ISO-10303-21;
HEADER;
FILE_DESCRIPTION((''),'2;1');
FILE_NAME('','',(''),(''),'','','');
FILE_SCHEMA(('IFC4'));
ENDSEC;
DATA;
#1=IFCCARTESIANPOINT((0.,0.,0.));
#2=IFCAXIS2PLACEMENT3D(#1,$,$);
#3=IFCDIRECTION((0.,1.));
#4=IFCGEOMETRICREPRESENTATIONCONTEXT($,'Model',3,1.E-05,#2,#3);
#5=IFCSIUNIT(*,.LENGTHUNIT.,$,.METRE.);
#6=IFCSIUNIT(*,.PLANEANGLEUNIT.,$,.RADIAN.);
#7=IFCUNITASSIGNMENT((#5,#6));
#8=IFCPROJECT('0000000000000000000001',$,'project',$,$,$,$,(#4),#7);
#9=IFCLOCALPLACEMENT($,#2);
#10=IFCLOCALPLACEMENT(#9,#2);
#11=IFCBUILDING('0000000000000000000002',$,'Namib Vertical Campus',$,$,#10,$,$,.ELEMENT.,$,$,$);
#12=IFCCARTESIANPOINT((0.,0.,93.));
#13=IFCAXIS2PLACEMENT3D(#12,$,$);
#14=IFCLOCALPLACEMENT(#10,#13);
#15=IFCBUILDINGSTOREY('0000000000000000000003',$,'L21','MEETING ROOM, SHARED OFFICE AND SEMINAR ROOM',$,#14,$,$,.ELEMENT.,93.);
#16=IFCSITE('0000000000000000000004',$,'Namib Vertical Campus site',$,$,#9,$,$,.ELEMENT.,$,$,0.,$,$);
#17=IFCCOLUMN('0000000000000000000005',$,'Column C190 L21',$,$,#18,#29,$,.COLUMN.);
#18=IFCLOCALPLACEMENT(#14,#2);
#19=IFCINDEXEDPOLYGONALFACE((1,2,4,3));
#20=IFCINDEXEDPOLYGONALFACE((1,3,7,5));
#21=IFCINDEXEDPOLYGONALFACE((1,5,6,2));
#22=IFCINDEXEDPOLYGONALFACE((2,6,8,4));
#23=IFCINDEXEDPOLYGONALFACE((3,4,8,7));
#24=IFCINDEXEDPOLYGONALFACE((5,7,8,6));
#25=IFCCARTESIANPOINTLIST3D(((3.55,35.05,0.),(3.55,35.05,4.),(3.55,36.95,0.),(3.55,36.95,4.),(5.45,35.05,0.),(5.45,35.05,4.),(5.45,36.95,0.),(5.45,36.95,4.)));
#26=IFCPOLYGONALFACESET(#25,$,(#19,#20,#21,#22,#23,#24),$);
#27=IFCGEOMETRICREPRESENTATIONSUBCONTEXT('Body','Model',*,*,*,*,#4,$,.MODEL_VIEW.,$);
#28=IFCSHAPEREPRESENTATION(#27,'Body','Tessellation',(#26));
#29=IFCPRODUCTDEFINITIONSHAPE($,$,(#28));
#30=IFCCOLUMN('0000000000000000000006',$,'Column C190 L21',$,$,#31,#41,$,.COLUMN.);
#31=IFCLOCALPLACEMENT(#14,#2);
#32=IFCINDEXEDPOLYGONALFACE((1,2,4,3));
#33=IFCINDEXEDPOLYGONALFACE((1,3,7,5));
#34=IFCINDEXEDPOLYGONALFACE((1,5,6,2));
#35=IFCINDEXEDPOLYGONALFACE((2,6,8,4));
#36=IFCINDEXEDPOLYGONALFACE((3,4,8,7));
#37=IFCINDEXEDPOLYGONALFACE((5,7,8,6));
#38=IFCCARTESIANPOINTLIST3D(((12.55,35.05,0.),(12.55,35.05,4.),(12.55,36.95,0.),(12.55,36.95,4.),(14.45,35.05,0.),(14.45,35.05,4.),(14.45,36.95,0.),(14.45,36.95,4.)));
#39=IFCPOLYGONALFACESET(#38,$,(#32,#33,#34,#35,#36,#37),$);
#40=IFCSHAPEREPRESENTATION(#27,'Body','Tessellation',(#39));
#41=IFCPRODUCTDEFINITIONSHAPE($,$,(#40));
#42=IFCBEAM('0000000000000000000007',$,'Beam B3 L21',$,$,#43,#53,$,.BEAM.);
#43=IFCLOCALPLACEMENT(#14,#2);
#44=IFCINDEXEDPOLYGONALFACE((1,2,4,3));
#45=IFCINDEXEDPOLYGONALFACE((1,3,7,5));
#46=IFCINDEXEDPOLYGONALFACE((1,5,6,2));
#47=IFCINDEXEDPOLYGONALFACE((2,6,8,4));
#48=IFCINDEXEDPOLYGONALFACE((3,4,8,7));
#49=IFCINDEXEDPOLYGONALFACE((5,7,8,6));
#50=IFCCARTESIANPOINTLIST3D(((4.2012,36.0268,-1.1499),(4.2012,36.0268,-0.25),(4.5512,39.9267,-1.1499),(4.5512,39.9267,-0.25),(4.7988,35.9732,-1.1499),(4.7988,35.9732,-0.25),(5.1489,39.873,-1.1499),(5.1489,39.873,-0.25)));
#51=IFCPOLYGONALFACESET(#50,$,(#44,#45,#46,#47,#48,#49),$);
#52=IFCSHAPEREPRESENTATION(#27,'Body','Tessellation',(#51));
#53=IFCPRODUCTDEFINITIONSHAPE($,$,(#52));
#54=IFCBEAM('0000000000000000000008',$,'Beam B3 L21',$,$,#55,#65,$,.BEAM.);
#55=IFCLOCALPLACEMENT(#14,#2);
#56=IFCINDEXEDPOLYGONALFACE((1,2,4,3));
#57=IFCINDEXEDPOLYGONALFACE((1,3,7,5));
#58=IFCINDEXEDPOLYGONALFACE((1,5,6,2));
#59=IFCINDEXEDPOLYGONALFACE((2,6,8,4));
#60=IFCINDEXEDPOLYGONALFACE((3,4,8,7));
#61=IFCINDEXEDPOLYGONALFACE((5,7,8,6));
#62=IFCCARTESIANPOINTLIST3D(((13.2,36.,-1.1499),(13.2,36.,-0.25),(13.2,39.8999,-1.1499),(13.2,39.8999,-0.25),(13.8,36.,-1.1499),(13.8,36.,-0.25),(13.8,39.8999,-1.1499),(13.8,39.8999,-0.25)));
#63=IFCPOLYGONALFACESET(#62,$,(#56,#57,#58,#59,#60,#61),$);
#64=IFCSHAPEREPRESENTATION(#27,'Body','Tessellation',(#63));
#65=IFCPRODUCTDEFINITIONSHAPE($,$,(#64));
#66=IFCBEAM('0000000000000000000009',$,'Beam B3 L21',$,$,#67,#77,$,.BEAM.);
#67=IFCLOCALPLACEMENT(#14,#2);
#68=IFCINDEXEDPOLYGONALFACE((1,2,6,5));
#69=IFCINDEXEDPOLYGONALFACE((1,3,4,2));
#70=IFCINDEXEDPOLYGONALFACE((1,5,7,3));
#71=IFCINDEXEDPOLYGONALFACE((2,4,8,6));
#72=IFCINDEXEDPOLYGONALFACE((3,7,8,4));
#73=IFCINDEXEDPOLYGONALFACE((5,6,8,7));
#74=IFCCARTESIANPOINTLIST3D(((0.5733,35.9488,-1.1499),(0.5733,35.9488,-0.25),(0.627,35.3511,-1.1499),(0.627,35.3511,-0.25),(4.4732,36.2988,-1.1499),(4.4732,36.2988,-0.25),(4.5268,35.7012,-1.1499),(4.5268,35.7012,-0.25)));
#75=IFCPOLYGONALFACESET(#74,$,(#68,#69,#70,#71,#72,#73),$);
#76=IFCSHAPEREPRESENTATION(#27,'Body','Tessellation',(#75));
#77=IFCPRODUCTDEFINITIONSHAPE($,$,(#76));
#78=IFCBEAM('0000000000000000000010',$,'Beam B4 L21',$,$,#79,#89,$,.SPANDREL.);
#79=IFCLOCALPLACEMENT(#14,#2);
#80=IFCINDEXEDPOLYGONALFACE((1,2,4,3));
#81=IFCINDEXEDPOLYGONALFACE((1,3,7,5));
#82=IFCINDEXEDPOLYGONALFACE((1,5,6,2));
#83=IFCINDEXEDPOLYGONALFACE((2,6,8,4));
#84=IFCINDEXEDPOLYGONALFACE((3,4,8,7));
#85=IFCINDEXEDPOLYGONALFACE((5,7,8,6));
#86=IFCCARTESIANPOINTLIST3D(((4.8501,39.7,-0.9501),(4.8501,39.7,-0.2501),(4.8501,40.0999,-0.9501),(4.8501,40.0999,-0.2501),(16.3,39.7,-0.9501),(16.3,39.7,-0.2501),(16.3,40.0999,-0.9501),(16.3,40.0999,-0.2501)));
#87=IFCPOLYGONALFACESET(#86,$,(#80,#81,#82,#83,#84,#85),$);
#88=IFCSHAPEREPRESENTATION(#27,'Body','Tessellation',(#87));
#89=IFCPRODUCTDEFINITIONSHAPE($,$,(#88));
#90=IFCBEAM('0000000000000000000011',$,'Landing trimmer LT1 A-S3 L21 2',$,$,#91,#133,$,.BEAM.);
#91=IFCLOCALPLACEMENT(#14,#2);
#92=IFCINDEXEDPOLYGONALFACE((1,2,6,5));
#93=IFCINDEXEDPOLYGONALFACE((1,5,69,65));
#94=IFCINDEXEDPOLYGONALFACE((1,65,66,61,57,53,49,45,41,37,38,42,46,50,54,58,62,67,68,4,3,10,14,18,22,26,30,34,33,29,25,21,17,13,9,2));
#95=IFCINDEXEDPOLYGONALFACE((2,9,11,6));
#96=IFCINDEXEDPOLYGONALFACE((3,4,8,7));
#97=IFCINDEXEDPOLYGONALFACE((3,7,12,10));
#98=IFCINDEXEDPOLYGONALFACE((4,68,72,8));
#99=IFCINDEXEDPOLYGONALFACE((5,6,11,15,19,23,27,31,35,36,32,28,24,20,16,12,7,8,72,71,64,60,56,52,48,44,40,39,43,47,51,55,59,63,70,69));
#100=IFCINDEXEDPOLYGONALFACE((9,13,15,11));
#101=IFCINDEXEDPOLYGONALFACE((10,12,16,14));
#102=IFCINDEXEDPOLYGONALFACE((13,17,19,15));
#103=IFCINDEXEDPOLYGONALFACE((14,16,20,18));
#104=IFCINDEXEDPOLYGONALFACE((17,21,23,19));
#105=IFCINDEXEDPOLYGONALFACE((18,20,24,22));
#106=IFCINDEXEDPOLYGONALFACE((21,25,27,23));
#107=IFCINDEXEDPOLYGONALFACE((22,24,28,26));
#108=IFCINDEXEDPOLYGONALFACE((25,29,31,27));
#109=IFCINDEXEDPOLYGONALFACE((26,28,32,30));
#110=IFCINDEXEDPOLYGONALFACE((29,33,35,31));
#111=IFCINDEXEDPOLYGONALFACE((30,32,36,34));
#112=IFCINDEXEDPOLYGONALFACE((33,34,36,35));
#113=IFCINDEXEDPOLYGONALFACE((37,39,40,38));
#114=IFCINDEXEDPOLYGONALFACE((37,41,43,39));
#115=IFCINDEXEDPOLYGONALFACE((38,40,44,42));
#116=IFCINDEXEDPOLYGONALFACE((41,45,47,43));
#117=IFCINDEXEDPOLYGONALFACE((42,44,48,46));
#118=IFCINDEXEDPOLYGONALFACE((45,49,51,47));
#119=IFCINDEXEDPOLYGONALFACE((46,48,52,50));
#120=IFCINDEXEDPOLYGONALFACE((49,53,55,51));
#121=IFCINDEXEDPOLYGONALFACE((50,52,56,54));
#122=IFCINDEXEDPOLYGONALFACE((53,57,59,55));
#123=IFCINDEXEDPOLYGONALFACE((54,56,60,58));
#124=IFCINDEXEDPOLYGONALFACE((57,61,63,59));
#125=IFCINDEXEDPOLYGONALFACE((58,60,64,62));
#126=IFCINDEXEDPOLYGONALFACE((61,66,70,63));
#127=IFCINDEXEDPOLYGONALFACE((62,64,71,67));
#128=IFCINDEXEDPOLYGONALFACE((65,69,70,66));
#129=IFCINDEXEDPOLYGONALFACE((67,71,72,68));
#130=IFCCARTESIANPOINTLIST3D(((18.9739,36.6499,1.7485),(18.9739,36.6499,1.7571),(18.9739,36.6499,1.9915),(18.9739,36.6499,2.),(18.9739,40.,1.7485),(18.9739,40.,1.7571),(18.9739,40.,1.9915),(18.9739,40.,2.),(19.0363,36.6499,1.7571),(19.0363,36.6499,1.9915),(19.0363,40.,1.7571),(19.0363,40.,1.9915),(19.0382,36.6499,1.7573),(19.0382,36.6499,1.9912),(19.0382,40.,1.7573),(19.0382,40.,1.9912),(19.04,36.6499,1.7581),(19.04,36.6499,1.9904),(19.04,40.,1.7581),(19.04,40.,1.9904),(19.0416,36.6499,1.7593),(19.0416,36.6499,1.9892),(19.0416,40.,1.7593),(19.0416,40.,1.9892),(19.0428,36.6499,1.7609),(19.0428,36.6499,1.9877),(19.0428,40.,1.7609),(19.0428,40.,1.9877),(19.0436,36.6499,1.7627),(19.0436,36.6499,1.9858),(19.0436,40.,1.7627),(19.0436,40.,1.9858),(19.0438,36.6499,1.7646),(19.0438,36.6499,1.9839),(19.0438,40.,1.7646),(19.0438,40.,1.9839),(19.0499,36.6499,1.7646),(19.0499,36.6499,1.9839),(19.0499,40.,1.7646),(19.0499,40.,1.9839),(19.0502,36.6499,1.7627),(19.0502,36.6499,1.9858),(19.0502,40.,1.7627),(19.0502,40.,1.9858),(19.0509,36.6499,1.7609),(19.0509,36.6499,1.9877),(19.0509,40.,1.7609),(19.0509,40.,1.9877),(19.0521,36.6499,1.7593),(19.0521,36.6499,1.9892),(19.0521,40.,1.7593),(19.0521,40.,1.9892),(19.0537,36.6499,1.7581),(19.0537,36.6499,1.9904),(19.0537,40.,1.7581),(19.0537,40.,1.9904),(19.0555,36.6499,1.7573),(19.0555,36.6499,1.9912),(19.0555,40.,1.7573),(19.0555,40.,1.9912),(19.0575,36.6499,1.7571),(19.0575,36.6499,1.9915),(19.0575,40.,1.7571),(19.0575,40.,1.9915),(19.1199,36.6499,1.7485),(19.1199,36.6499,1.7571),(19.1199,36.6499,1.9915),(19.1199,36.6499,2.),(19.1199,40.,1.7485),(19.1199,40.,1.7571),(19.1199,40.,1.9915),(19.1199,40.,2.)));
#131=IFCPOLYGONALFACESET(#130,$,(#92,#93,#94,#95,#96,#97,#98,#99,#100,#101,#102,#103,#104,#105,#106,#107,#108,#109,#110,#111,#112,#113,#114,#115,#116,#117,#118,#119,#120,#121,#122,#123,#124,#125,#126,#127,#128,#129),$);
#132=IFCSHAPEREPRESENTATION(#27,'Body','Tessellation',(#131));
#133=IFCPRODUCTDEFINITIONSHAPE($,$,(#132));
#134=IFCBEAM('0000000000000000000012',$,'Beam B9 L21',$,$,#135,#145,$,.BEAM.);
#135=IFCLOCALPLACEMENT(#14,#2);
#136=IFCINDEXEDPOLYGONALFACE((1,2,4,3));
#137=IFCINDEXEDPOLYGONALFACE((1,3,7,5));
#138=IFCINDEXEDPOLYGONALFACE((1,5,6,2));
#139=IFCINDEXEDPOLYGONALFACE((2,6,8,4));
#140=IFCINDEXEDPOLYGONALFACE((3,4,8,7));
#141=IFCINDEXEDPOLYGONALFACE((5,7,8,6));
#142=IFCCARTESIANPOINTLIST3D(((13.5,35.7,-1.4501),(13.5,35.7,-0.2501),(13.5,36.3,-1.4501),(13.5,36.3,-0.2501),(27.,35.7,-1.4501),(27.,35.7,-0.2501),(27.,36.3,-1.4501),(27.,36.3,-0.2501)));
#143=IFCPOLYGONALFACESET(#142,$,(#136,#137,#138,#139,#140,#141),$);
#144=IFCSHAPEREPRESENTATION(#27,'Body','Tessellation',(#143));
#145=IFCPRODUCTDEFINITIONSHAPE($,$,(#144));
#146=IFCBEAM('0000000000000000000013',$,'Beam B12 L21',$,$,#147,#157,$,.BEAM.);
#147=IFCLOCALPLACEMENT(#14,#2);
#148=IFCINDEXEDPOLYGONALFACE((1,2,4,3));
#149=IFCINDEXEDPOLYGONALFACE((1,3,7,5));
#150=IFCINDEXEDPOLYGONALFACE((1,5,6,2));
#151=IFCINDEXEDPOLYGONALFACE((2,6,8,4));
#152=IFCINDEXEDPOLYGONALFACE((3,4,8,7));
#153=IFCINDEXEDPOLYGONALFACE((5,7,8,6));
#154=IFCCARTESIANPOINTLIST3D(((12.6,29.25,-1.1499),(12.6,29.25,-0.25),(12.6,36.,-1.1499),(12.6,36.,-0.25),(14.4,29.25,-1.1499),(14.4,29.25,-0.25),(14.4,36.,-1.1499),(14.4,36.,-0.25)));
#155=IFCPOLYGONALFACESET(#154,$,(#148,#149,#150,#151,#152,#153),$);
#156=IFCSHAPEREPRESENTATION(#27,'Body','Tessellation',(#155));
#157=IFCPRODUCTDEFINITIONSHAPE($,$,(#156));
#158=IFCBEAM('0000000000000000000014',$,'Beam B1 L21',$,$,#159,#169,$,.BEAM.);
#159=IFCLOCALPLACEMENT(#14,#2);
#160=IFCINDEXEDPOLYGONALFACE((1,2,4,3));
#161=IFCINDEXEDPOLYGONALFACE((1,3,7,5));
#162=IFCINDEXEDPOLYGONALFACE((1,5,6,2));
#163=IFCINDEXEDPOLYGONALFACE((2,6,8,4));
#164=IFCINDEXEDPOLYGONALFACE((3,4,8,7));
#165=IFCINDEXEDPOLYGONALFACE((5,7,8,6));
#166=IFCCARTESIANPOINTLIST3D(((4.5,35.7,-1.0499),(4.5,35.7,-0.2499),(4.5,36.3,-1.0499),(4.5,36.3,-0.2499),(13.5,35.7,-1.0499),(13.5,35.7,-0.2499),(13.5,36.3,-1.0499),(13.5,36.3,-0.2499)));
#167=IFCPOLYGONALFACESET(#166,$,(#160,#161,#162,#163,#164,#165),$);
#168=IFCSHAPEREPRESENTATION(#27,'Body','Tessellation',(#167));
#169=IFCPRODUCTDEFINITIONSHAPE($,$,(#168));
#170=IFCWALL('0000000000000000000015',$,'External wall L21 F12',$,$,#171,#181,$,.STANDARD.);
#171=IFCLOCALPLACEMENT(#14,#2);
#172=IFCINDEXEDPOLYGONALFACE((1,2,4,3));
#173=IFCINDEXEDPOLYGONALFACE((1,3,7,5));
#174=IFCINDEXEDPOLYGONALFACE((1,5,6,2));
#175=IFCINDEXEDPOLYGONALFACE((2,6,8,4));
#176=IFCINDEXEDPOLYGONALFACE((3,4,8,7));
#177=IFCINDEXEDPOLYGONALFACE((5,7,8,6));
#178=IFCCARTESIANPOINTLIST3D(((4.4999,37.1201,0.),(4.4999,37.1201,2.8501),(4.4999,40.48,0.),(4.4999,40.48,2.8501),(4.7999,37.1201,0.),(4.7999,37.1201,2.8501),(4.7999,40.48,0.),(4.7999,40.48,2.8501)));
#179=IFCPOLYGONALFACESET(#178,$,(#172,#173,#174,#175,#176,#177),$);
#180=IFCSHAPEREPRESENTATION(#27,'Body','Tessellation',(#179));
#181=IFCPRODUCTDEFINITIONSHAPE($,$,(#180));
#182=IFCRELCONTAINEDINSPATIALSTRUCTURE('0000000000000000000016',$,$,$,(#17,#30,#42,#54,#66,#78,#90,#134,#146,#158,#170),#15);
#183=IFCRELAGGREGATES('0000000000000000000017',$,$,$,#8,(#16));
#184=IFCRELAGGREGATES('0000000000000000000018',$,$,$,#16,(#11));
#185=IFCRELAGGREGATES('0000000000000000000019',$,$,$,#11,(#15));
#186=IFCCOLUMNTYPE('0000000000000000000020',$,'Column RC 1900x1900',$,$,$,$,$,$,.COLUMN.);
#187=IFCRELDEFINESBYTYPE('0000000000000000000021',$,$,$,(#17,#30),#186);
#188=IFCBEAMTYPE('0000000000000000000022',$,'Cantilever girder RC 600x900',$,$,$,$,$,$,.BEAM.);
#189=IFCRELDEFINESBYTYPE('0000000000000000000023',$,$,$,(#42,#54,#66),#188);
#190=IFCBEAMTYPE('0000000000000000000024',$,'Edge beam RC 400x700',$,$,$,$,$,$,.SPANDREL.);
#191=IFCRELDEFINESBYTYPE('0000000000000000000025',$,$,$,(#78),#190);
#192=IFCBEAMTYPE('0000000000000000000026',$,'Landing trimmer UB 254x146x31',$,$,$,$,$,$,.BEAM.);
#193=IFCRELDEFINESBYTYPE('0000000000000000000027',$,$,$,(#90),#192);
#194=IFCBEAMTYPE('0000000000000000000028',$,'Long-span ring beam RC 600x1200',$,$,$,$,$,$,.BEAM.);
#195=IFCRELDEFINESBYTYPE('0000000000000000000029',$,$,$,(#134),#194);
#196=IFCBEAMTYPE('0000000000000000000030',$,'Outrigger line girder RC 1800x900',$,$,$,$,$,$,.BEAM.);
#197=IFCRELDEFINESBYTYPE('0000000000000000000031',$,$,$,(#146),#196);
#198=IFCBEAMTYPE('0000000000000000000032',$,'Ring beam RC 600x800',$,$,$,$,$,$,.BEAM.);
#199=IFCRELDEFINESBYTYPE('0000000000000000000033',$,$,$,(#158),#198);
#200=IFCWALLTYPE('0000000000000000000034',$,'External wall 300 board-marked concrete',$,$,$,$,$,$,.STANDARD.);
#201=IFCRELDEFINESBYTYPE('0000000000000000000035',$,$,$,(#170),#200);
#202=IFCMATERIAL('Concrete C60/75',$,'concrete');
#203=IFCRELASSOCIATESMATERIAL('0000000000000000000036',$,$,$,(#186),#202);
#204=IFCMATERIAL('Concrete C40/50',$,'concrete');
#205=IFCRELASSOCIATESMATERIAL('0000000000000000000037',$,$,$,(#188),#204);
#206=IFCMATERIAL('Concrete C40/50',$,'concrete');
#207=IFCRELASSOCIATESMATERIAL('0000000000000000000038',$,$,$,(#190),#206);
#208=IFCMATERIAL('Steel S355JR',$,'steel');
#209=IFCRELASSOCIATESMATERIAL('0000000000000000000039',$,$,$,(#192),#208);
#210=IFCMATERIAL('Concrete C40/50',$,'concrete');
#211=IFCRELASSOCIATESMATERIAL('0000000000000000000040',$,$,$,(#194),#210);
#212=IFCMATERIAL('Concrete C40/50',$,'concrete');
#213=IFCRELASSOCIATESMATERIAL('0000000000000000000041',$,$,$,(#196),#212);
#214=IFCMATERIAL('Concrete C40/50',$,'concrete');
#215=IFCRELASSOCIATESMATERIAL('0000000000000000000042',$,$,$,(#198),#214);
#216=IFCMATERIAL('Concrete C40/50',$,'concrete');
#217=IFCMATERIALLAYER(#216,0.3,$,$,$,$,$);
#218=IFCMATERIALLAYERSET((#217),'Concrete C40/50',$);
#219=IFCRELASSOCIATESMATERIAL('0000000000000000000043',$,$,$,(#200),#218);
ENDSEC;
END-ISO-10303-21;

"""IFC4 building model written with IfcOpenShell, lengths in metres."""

from ifc_helpers import new_model, si_unit, direction, frame, frame_2d, origin, origin_2d, place, context, subcontext, project, spatial, rectangle, i_section, extrude, material, layer, layer_set, material_profile, profile_set, type_object, element, save


model = new_model("IFC4")

# Units and contexts
model_context = context("Model", 3, precision=1e-05, world=origin(), true_north=direction((0.0, 1.0)))
body_context = subcontext(model_context, "Body", "Model", "MODEL_VIEW")
ifc_project = project(units=[si_unit("LENGTHUNIT", "METRE"), si_unit("PLANEANGLEUNIT", "RADIAN")], contexts=[model_context])

# Site, building, storey
site_placement = place(None, origin())
site = spatial("IfcSite", under=ifc_project, at=site_placement, Name="Namib Vertical Campus site", CompositionType="ELEMENT", RefElevation=0.0)
building_placement = place(site_placement, origin())
building = spatial("IfcBuilding", under=site, at=building_placement, Name="Namib Vertical Campus", CompositionType="ELEMENT")
storey_placement = place(building_placement, frame((0.0, 0.0, 93.0)))
storey = spatial("IfcBuildingStorey", under=building, at=storey_placement, Name="L21", Description="MEETING ROOM, SHARED OFFICE AND SEMINAR ROOM", CompositionType="ELEMENT", Elevation=93.0)

# Columns
ifc_material_1 = material(Name="Concrete C60/75", Category="concrete")
ifc_material_profile_1 = material_profile(ifc_material_1, rectangle(XDim=1.8999, YDim=1.8999, at=origin_2d()))
ifc_profile_set_1 = profile_set([ifc_material_profile_1], Name="Concrete C60/75")
column_type = type_object("IfcColumnType", Name="Column RC 1900x1900", PredefinedType="COLUMN", material=ifc_profile_set_1)
for number, where, z_axis, x_axis, name in (
    (1, (4.5, 36.0, 0.0), (0.0, 0.0, 1.0), (1.0, 0.0, 0.0), "Column C190 L21"),
    (2, (13.5, 36.0, 0.0), (0.0, 0.0, 1.0), (1.0, 0.0, 0.0), "Column C190 L21"),
):
    element("IfcColumn", number, at=place(storey_placement, frame(where, z_axis=z_axis, x_axis=x_axis)), inside=storey, type_object=column_type, Name=name, PredefinedType="COLUMN", context=body_context, shape_type="SweptSolid", body=[
        extrude(rectangle(XDim=1.8999, YDim=1.8999, at=origin_2d()), origin(), (0.0, 0.0, 1.0), 4.0),
    ])

# Beams
ifc_material_2 = material(Name="Concrete C40/50", Category="concrete")
ifc_material_profile_2 = material_profile(ifc_material_2, rectangle(XDim=0.6001, YDim=0.8999, at=origin_2d()))
ifc_profile_set_2 = profile_set([ifc_material_profile_2], Name="Concrete C40/50")
beam_type_1 = type_object("IfcBeamType", Name="Cantilever girder RC 600x900", PredefinedType="BEAM", material=ifc_profile_set_2)
beam_1_placement = place(storey_placement, frame((4.5, 36.0, -0.7), z_axis=(0.089411, 0.995995, 0.0), x_axis=(-0.995995, 0.089411, 0.0)))
element("IfcBeam", 3, at=beam_1_placement, inside=storey, type_object=beam_type_1, Name="Beam B3 L21", PredefinedType="BEAM", context=body_context, shape_type="SweptSolid", body=[
    extrude(rectangle(XDim=0.6001, YDim=0.8999, at=origin_2d()), origin(), (0.0, 0.0, 1.0), 3.9155),
])
beam_2_placement = place(storey_placement, frame((13.5, 36.0, -0.7), z_axis=(0.0, 1.0, 0.0), x_axis=(-1.0, 0.0, 0.0)))
element("IfcBeam", 4, at=beam_2_placement, inside=storey, type_object=beam_type_1, Name="Beam B3 L21", PredefinedType="BEAM", context=body_context, shape_type="SweptSolid", body=[
    extrude(rectangle(XDim=0.6001, YDim=0.8999, at=origin_2d()), origin(), (0.0, 0.0, 1.0), 3.8999),
])
beam_3_placement = place(storey_placement, frame((4.5, 36.0, -0.7), z_axis=(-0.995995, -0.089411, 0.0), x_axis=(0.089411, -0.995995, 0.0)))
element("IfcBeam", 5, at=beam_3_placement, inside=storey, type_object=beam_type_1, Name="Beam B3 L21", PredefinedType="BEAM", context=body_context, shape_type="SweptSolid", body=[
    extrude(rectangle(XDim=0.6001, YDim=0.8999, at=origin_2d()), origin(), (0.0, 0.0, 1.0), 3.9155),
])
ifc_material_3 = material(Name="Concrete C40/50", Category="concrete")
ifc_material_profile_3 = material_profile(ifc_material_3, rectangle(XDim=0.3999, YDim=0.7, at=origin_2d()))
ifc_profile_set_3 = profile_set([ifc_material_profile_3], Name="Concrete C40/50")
beam_type_2 = type_object("IfcBeamType", Name="Edge beam RC 400x700", PredefinedType="SPANDREL", material=ifc_profile_set_3)
beam_4_placement = place(storey_placement, frame((4.8501, 39.8999, -0.6001), z_axis=(1.0, 0.0, 0.0), x_axis=(0.0, 1.0, 0.0)))
element("IfcBeam", 6, at=beam_4_placement, inside=storey, type_object=beam_type_2, Name="Beam B4 L21", PredefinedType="SPANDREL", context=body_context, shape_type="SweptSolid", body=[
    extrude(rectangle(XDim=0.3999, YDim=0.7, at=origin_2d()), origin(), (0.0, 0.0, 1.0), 11.45),
])
ifc_material_4 = material(Name="Steel S355JR", Category="steel")
ifc_material_profile_4 = material_profile(ifc_material_4, i_section(OverallWidth=0.146, OverallDepth=0.2515, WebThickness=0.0061, FlangeThickness=0.0085, FilletRadius=0.0076, at=origin_2d()))
ifc_profile_set_4 = profile_set([ifc_material_profile_4], Name="Steel S355JR")
beam_type_3 = type_object("IfcBeamType", Name="Landing trimmer UB 254x146x31", PredefinedType="BEAM", material=ifc_profile_set_4)
beam_5_placement = place(storey_placement, frame((19.0469, 36.6499, 1.8743), z_axis=(0.0, 1.0, 0.0), x_axis=(-1.0, 0.0, 0.0)))
element("IfcBeam", 7, at=beam_5_placement, inside=storey, type_object=beam_type_3, Name="Landing trimmer LT1 A-S3 L21 2", PredefinedType="BEAM", context=body_context, shape_type="SweptSolid", body=[
    extrude(i_section(OverallWidth=0.146, OverallDepth=0.2515, WebThickness=0.0061, FlangeThickness=0.0085, FilletRadius=0.0076, at=origin_2d()), origin(), (0.0, 0.0, 1.0), 3.3501),
])
ifc_material_5 = material(Name="Concrete C40/50", Category="concrete")
ifc_material_profile_5 = material_profile(ifc_material_5, rectangle(XDim=0.6001, YDim=1.2, at=origin_2d()))
ifc_profile_set_5 = profile_set([ifc_material_profile_5], Name="Concrete C40/50")
beam_type_4 = type_object("IfcBeamType", Name="Long-span ring beam RC 600x1200", PredefinedType="BEAM", material=ifc_profile_set_5)
beam_6_placement = place(storey_placement, frame((13.5, 36.0, -0.8501), z_axis=(1.0, 0.0, 0.0), x_axis=(0.0, 1.0, 0.0)))
element("IfcBeam", 8, at=beam_6_placement, inside=storey, type_object=beam_type_4, Name="Beam B9 L21", PredefinedType="BEAM", context=body_context, shape_type="SweptSolid", body=[
    extrude(rectangle(XDim=0.6001, YDim=1.2, at=origin_2d()), origin(), (0.0, 0.0, 1.0), 13.5),
])
ifc_material_6 = material(Name="Concrete C40/50", Category="concrete")
ifc_material_profile_6 = material_profile(ifc_material_6, rectangle(XDim=1.8, YDim=0.8999, at=origin_2d()))
ifc_profile_set_6 = profile_set([ifc_material_profile_6], Name="Concrete C40/50")
beam_type_5 = type_object("IfcBeamType", Name="Outrigger line girder RC 1800x900", PredefinedType="BEAM", material=ifc_profile_set_6)
beam_7_placement = place(storey_placement, frame((13.5, 36.0, -0.7), z_axis=(0.0, -1.0, 0.0), x_axis=(1.0, 0.0, 0.0)))
element("IfcBeam", 9, at=beam_7_placement, inside=storey, type_object=beam_type_5, Name="Beam B12 L21", PredefinedType="BEAM", context=body_context, shape_type="SweptSolid", body=[
    extrude(rectangle(XDim=1.8, YDim=0.8999, at=origin_2d()), origin(), (0.0, 0.0, 1.0), 6.75),
])
ifc_material_7 = material(Name="Concrete C40/50", Category="concrete")
ifc_material_profile_7 = material_profile(ifc_material_7, rectangle(XDim=0.6001, YDim=0.8, at=origin_2d()))
ifc_profile_set_7 = profile_set([ifc_material_profile_7], Name="Concrete C40/50")
beam_type_6 = type_object("IfcBeamType", Name="Ring beam RC 600x800", PredefinedType="BEAM", material=ifc_profile_set_7)
beam_8_placement = place(storey_placement, frame((4.5, 36.0, -0.6499), z_axis=(1.0, 0.0, 0.0), x_axis=(0.0, 1.0, 0.0)))
element("IfcBeam", 10, at=beam_8_placement, inside=storey, type_object=beam_type_6, Name="Beam B1 L21", PredefinedType="BEAM", context=body_context, shape_type="SweptSolid", body=[
    extrude(rectangle(XDim=0.6001, YDim=0.8, at=origin_2d()), origin(), (0.0, 0.0, 1.0), 9.0),
])

# Wall
ifc_material_8 = material(Name="Concrete C40/50", Category="concrete")
ifc_layer_1 = layer(ifc_material_8, 0.3)
ifc_layer_set_1 = layer_set([ifc_layer_1], Name="Concrete C40/50")
wall_type_1 = type_object("IfcWallType", Name="External wall 300 board-marked concrete", PredefinedType="STANDARD", material=ifc_layer_set_1)
wall_1_placement = place(storey_placement, frame((4.6499, 40.48, 0.0), z_axis=(0.0, 0.0, 1.0), x_axis=(0.0, -1.0, 0.0)))
element("IfcWall", 11, at=wall_1_placement, inside=storey, type_object=wall_type_1, Name="External wall L21 F12", PredefinedType="STANDARD", context=body_context, shape_type="SweptSolid", body=[
    extrude(rectangle(XDim=3.3599, YDim=0.3, at=frame_2d((1.6799, 0.0))), origin(), (0.0, 0.0, 1.0), 2.8501),
])

save(model, "model.ifc")
